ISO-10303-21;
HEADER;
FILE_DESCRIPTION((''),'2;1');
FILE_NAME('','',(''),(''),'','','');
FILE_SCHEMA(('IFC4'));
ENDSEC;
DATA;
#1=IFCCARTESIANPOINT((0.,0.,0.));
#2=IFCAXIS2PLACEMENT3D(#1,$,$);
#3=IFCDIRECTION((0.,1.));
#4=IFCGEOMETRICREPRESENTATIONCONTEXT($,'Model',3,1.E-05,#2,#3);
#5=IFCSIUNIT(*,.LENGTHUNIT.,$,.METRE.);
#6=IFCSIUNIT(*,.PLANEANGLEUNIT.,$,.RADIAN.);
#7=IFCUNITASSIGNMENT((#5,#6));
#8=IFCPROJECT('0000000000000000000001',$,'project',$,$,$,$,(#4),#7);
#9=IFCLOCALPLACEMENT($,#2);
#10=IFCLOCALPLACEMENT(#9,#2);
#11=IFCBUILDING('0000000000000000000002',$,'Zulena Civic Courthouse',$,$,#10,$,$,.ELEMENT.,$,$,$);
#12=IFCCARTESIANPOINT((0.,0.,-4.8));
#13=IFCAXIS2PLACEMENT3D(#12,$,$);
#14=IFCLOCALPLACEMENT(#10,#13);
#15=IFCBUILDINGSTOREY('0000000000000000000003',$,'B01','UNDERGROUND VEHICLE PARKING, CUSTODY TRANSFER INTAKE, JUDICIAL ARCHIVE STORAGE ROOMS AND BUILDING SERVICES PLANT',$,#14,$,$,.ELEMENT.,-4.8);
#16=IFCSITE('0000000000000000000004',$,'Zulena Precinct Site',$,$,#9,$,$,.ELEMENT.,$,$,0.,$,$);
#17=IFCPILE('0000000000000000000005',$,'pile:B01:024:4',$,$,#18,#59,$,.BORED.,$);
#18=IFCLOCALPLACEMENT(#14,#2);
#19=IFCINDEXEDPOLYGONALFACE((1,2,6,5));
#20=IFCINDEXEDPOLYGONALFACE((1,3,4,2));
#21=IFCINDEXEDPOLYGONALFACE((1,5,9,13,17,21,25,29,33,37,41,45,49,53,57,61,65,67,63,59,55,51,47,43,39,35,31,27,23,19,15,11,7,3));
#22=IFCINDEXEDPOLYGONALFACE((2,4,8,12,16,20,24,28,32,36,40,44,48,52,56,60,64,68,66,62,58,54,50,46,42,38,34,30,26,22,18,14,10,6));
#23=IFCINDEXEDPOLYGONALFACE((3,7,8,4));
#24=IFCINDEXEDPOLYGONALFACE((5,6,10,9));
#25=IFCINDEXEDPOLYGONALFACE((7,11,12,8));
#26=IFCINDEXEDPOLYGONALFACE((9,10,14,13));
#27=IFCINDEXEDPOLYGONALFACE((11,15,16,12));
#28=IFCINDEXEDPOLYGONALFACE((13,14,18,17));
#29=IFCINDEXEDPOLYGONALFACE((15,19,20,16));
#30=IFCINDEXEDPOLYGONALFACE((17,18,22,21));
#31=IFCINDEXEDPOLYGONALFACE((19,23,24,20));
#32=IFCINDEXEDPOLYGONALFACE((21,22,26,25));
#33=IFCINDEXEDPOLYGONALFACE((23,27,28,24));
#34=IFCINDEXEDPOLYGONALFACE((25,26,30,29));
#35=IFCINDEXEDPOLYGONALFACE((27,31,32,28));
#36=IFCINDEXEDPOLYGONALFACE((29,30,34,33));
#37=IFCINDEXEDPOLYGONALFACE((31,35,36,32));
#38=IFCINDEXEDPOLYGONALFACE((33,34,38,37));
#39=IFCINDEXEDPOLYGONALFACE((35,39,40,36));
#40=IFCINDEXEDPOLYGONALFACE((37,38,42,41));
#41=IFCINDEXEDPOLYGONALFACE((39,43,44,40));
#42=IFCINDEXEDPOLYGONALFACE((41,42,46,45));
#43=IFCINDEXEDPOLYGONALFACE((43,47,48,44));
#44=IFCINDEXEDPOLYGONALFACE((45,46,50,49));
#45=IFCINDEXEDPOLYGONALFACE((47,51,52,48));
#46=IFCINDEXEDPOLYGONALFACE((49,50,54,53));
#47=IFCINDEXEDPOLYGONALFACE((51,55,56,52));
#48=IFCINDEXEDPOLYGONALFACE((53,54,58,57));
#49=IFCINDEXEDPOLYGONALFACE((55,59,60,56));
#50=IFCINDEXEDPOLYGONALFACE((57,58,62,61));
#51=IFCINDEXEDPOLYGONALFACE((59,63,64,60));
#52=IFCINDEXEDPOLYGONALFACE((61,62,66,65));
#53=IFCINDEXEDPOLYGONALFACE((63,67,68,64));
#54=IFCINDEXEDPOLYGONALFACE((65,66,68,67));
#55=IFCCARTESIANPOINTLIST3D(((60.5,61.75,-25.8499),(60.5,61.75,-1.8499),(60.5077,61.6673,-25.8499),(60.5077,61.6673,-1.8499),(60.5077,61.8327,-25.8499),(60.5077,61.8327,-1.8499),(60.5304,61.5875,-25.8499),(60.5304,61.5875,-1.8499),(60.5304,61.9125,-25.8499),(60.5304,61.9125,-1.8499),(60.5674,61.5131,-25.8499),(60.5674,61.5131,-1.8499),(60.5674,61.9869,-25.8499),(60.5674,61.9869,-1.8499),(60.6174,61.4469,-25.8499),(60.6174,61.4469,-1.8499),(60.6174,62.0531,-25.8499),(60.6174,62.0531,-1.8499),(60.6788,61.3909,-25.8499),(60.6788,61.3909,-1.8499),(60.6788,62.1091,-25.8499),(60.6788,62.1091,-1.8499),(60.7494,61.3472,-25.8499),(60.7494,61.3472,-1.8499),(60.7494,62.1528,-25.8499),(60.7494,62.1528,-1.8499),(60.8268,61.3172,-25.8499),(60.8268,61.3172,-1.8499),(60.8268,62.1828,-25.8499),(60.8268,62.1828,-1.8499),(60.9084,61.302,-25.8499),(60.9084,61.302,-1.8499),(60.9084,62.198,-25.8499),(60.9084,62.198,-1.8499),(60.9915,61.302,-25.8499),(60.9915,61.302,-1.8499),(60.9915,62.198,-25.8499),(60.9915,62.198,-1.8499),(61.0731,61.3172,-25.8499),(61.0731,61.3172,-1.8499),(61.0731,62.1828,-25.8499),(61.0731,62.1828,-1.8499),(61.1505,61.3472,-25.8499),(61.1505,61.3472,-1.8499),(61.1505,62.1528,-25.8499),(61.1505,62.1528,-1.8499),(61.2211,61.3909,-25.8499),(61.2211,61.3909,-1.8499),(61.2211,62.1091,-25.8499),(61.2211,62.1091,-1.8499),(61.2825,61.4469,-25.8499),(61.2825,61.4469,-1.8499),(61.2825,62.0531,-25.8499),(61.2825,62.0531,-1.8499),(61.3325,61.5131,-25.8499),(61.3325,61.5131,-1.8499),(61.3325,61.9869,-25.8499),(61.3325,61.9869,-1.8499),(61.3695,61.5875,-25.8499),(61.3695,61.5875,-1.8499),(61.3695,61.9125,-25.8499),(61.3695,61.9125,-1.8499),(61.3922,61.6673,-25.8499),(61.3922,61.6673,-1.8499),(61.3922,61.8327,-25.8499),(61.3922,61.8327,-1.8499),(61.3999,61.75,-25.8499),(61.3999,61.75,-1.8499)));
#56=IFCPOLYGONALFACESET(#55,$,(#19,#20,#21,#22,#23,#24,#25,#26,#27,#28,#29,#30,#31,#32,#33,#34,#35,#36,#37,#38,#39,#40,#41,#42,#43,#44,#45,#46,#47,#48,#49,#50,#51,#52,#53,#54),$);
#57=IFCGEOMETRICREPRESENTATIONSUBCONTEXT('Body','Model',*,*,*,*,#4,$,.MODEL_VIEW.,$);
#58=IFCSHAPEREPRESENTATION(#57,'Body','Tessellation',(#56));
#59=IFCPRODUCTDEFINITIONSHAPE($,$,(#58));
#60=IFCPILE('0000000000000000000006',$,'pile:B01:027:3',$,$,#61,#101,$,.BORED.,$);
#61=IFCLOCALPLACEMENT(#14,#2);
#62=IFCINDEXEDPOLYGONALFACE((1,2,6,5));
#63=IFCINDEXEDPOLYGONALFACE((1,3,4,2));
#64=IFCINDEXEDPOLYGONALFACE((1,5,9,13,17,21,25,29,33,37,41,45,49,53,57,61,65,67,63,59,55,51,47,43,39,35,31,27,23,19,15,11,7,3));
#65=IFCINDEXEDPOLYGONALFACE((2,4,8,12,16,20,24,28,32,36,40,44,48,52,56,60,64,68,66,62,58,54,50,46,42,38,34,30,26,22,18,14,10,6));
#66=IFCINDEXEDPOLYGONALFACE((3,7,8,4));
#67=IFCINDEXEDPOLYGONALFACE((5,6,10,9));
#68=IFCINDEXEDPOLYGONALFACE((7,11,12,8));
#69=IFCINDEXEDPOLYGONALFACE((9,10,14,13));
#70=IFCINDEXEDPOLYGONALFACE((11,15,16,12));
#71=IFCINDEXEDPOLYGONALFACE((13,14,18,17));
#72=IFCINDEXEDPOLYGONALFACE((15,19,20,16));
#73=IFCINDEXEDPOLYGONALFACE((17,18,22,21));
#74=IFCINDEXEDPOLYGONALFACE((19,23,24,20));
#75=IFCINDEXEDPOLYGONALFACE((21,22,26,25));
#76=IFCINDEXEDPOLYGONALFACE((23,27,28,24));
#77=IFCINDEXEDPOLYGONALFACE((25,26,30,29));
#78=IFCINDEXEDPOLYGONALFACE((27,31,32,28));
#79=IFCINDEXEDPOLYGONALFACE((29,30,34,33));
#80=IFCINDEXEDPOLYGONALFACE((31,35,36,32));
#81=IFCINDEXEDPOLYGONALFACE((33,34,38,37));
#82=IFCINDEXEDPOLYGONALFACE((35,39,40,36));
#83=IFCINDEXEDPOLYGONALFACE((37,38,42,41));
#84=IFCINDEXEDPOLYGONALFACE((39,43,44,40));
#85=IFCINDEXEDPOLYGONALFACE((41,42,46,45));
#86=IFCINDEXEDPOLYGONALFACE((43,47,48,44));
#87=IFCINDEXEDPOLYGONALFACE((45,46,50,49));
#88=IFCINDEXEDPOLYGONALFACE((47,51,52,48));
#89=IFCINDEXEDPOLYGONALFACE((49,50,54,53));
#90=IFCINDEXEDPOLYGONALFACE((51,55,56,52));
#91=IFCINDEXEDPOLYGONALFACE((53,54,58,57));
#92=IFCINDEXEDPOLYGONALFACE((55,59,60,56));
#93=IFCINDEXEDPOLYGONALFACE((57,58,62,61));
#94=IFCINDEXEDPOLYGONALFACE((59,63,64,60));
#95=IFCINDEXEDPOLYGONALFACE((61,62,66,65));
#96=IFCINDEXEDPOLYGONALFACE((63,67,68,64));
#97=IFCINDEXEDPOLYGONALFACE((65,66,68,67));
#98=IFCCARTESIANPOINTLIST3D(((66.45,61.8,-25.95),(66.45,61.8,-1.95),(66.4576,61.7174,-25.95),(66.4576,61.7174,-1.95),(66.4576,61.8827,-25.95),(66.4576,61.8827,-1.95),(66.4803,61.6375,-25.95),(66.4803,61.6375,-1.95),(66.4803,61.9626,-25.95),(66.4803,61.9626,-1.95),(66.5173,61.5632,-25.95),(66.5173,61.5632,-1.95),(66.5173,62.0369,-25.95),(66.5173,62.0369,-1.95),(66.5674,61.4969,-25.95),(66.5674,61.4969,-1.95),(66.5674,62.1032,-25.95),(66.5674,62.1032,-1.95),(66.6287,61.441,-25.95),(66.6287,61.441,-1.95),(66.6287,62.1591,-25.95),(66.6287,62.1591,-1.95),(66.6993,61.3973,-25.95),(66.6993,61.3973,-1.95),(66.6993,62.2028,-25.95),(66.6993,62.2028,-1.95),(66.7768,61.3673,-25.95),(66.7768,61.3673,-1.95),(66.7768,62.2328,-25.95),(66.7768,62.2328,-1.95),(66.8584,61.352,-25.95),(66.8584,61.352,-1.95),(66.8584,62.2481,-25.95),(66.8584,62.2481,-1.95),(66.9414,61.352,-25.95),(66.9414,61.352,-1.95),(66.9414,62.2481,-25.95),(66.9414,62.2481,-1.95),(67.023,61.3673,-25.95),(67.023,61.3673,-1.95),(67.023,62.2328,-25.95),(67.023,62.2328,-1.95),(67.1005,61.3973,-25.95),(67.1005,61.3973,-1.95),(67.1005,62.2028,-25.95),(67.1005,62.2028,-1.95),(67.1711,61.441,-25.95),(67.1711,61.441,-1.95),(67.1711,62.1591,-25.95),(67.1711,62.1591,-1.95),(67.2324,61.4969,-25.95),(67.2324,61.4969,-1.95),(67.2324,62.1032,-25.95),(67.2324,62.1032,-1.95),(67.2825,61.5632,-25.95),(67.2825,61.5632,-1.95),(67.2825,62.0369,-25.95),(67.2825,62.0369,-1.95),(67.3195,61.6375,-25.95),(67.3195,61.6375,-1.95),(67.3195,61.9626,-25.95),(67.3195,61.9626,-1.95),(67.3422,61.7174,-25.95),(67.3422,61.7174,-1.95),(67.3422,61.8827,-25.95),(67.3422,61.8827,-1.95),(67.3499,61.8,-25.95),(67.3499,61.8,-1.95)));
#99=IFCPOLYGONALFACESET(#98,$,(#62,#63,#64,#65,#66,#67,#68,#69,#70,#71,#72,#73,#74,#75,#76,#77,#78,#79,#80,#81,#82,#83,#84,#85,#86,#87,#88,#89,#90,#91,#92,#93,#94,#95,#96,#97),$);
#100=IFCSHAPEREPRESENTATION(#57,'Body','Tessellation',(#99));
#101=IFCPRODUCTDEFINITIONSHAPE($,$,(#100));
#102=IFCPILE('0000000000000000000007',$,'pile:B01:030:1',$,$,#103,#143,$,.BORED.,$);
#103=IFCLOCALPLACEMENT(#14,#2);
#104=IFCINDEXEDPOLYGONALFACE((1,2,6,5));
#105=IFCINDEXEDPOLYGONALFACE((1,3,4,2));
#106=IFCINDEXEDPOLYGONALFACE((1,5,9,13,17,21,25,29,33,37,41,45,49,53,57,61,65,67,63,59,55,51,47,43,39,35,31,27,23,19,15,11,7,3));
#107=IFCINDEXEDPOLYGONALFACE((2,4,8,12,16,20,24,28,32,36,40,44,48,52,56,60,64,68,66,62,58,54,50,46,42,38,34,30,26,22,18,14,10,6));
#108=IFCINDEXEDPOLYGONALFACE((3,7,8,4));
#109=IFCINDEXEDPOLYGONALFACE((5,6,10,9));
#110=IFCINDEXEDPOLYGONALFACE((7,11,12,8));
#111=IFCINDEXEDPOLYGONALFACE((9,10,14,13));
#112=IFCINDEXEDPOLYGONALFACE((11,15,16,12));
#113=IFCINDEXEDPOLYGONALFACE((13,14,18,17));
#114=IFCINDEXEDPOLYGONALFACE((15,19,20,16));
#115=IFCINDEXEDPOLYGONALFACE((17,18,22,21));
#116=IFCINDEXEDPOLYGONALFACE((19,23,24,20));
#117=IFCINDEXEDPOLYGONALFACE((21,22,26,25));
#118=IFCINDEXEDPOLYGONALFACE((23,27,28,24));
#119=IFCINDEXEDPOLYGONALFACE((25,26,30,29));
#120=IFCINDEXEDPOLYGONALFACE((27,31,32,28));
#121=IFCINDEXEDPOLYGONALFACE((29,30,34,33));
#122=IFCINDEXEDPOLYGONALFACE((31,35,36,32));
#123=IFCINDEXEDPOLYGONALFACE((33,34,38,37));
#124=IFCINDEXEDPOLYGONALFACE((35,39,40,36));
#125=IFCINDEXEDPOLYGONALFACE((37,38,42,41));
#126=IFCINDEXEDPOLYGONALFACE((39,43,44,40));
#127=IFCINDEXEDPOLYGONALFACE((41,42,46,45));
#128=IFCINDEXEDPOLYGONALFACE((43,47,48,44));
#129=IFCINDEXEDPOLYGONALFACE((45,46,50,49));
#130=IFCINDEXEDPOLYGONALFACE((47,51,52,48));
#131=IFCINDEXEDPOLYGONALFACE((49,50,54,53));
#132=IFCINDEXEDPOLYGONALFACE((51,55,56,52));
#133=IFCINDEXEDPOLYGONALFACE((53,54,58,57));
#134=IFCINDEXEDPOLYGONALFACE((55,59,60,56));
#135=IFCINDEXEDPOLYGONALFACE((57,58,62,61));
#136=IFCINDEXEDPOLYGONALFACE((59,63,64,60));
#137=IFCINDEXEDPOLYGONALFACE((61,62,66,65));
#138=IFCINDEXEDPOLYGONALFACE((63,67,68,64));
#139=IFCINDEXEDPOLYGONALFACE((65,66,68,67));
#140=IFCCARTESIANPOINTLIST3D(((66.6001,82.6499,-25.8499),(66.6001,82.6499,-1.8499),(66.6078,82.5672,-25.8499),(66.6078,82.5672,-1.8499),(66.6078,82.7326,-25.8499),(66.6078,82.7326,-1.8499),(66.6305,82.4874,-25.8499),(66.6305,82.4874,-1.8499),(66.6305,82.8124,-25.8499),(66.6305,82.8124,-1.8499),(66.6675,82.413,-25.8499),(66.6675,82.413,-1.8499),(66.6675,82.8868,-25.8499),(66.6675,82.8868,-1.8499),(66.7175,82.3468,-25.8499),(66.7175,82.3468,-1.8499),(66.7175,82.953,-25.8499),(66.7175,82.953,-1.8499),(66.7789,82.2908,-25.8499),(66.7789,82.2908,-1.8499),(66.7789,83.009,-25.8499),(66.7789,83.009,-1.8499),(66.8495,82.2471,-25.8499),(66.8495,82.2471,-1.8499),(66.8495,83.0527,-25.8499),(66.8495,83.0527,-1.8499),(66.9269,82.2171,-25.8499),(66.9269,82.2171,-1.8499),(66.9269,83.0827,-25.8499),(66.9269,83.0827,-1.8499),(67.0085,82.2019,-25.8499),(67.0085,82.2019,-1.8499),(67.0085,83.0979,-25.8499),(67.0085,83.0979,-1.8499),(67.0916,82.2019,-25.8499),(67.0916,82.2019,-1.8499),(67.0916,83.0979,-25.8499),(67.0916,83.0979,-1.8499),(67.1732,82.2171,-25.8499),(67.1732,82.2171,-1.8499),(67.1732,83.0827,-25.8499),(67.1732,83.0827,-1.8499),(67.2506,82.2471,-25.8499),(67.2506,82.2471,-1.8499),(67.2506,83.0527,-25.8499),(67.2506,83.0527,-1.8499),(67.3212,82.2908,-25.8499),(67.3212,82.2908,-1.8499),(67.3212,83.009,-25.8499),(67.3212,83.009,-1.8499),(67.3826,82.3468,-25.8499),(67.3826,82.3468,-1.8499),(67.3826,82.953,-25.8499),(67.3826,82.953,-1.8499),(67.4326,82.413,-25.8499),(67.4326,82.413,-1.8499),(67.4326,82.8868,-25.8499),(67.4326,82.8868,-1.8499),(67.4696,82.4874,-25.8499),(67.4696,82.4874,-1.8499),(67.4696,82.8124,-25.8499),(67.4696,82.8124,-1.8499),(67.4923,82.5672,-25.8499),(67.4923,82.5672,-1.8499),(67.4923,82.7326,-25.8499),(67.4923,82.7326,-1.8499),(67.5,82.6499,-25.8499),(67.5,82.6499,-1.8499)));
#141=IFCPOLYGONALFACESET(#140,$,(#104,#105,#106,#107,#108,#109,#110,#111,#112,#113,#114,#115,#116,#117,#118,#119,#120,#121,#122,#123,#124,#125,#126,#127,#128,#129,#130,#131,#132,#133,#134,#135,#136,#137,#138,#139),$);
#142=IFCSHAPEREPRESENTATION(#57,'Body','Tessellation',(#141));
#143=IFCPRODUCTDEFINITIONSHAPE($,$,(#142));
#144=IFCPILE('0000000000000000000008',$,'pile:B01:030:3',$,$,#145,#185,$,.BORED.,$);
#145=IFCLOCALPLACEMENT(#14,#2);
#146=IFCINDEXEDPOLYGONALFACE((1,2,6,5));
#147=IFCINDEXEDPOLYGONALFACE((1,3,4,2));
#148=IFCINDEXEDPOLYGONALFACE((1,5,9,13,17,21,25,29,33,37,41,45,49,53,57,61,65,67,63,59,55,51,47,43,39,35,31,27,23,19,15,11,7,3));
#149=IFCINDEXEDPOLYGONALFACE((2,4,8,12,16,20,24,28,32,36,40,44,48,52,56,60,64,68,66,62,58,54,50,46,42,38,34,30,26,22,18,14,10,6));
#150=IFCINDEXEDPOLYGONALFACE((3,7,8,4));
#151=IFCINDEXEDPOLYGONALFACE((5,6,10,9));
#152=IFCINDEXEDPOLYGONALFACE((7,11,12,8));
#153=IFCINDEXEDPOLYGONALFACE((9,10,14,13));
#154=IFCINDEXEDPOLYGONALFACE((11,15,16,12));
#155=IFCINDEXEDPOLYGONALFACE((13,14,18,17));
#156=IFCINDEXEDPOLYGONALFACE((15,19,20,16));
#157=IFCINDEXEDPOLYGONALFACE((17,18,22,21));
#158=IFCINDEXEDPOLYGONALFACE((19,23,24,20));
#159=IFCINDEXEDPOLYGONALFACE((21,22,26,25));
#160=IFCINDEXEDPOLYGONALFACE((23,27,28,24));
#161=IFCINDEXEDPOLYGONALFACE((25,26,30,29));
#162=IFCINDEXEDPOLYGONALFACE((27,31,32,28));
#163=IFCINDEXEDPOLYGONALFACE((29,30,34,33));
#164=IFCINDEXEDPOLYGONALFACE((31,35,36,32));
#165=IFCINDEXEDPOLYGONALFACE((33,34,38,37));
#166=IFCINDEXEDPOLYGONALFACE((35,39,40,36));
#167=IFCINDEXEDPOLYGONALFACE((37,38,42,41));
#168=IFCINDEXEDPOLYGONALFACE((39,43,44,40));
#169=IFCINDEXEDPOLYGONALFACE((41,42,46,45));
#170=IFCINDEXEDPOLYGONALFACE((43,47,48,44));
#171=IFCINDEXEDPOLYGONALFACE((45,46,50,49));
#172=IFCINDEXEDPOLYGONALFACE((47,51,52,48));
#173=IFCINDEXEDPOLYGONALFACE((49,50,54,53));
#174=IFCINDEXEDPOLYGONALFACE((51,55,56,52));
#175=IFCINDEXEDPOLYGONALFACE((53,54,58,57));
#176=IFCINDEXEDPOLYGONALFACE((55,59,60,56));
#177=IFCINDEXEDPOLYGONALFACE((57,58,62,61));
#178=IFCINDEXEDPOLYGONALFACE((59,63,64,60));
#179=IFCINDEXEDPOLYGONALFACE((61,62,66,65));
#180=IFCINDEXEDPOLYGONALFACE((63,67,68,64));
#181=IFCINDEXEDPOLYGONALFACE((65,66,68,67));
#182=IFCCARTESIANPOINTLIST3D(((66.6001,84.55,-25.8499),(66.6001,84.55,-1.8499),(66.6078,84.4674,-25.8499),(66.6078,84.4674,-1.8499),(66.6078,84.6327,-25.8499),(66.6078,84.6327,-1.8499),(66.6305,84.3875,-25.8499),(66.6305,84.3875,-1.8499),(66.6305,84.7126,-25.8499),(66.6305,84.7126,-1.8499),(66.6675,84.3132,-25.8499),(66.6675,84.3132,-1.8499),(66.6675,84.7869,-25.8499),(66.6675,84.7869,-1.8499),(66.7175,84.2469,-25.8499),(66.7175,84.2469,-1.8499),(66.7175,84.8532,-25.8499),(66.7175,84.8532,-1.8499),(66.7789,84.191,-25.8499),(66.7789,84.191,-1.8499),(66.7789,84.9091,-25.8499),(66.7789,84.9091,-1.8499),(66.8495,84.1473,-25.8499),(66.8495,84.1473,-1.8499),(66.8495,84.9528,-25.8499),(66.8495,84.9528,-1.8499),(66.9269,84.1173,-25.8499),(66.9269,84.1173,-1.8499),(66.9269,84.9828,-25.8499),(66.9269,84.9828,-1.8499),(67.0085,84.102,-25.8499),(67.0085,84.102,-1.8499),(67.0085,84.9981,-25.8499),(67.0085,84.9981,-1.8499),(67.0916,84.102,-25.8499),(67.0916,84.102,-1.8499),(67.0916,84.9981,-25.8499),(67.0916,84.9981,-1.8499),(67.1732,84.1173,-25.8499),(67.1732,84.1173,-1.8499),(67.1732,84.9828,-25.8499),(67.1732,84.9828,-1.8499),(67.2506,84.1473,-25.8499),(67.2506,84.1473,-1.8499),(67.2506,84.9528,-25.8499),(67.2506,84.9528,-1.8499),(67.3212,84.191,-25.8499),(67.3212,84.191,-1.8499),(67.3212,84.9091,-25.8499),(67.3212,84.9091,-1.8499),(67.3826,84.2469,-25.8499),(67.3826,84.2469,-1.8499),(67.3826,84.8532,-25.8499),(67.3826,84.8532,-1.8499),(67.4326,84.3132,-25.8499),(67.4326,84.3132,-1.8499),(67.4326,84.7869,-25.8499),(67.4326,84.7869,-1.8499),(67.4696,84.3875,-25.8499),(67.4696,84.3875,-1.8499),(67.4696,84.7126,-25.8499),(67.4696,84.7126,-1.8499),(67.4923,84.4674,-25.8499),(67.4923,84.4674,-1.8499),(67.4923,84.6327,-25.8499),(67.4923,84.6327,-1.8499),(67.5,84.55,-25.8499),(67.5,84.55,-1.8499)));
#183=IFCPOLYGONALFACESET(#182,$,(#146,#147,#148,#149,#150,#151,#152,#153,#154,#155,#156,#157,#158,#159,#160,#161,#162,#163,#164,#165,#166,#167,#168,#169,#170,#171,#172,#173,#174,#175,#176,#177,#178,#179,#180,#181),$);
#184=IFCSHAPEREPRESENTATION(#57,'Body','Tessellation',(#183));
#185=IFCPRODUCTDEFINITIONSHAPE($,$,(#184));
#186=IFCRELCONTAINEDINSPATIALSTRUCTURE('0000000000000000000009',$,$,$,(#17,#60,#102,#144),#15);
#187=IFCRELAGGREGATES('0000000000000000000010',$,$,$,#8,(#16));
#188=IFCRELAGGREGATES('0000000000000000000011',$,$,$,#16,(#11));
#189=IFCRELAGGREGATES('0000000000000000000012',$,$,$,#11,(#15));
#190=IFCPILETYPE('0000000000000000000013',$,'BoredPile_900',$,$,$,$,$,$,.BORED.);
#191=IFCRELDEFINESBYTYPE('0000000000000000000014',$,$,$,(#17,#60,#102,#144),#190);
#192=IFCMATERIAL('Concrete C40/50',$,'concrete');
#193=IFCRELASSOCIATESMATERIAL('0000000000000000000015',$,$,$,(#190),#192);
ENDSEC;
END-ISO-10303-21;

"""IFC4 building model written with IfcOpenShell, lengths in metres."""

from ifc_helpers import new_model, si_unit, direction, frame, origin, origin_2d, place, context, subcontext, project, spatial, circle, extrude, material, material_profile, profile_set, type_object, element, save


model = new_model("IFC4")

# Units and contexts
model_context = context("Model", 3, precision=1e-05, world=origin(), true_north=direction((0.0, 1.0)))
body_context = subcontext(model_context, "Body", "Model", "MODEL_VIEW")
ifc_project = project(units=[si_unit("LENGTHUNIT", "METRE"), si_unit("PLANEANGLEUNIT", "RADIAN")], contexts=[model_context])

# Site, building, storey
site_placement = place(None, origin())
site = spatial("IfcSite", under=ifc_project, at=site_placement, Name="Zulena Precinct Site", CompositionType="ELEMENT", RefElevation=0.0)
building_placement = place(site_placement, origin())
building = spatial("IfcBuilding", under=site, at=building_placement, Name="Zulena Civic Courthouse", CompositionType="ELEMENT")
storey_placement = place(building_placement, frame((0.0, 0.0, -4.8)))
storey = spatial("IfcBuildingStorey", under=building, at=storey_placement, Name="B01", Description="UNDERGROUND VEHICLE PARKING, CUSTODY TRANSFER INTAKE, JUDICIAL ARCHIVE STORAGE ROOMS AND BUILDING SERVICES PLANT", CompositionType="ELEMENT", Elevation=-4.8)

# Piles
ifc_material_1 = material(Name="Concrete C40/50", Category="concrete")
ifc_material_profile_1 = material_profile(ifc_material_1, circle(Radius=0.45, at=origin_2d()), Name="PILE900")
ifc_profile_set_1 = profile_set([ifc_material_profile_1], Name="Concrete C40/50")
pile_type_1 = type_object("IfcPileType", Name="BoredPile_900", PredefinedType="BORED", material=ifc_profile_set_1)
for number, where, z_axis, x_axis, name in (
    (1, (60.95, 61.75, -1.8499), (0.0, 0.0, -1.0), (1.0, 0.0, 0.0), "pile:B01:024:4"),
    (2, (66.8999, 61.8, -1.95), (0.0, 0.0, -1.0), (1.0, 0.0, 0.0), "pile:B01:027:3"),
    (3, (67.05, 82.6499, -1.8499), (0.0, 0.0, -1.0), (1.0, 0.0, 0.0), "pile:B01:030:1"),
    (4, (67.05, 84.55, -1.8499), (0.0, 0.0, -1.0), (1.0, 0.0, 0.0), "pile:B01:030:3"),
):
    element("IfcPile", number, at=place(storey_placement, frame(where, z_axis=z_axis, x_axis=x_axis)), inside=storey, type_object=pile_type_1, Name=name, PredefinedType="BORED", context=body_context, shape_type="SweptSolid", body=[
        extrude(circle(Radius=0.45, at=origin_2d()), origin(), (0.0, 0.0, 1.0), 24.0),
    ])

save(model, "model.ifc")
